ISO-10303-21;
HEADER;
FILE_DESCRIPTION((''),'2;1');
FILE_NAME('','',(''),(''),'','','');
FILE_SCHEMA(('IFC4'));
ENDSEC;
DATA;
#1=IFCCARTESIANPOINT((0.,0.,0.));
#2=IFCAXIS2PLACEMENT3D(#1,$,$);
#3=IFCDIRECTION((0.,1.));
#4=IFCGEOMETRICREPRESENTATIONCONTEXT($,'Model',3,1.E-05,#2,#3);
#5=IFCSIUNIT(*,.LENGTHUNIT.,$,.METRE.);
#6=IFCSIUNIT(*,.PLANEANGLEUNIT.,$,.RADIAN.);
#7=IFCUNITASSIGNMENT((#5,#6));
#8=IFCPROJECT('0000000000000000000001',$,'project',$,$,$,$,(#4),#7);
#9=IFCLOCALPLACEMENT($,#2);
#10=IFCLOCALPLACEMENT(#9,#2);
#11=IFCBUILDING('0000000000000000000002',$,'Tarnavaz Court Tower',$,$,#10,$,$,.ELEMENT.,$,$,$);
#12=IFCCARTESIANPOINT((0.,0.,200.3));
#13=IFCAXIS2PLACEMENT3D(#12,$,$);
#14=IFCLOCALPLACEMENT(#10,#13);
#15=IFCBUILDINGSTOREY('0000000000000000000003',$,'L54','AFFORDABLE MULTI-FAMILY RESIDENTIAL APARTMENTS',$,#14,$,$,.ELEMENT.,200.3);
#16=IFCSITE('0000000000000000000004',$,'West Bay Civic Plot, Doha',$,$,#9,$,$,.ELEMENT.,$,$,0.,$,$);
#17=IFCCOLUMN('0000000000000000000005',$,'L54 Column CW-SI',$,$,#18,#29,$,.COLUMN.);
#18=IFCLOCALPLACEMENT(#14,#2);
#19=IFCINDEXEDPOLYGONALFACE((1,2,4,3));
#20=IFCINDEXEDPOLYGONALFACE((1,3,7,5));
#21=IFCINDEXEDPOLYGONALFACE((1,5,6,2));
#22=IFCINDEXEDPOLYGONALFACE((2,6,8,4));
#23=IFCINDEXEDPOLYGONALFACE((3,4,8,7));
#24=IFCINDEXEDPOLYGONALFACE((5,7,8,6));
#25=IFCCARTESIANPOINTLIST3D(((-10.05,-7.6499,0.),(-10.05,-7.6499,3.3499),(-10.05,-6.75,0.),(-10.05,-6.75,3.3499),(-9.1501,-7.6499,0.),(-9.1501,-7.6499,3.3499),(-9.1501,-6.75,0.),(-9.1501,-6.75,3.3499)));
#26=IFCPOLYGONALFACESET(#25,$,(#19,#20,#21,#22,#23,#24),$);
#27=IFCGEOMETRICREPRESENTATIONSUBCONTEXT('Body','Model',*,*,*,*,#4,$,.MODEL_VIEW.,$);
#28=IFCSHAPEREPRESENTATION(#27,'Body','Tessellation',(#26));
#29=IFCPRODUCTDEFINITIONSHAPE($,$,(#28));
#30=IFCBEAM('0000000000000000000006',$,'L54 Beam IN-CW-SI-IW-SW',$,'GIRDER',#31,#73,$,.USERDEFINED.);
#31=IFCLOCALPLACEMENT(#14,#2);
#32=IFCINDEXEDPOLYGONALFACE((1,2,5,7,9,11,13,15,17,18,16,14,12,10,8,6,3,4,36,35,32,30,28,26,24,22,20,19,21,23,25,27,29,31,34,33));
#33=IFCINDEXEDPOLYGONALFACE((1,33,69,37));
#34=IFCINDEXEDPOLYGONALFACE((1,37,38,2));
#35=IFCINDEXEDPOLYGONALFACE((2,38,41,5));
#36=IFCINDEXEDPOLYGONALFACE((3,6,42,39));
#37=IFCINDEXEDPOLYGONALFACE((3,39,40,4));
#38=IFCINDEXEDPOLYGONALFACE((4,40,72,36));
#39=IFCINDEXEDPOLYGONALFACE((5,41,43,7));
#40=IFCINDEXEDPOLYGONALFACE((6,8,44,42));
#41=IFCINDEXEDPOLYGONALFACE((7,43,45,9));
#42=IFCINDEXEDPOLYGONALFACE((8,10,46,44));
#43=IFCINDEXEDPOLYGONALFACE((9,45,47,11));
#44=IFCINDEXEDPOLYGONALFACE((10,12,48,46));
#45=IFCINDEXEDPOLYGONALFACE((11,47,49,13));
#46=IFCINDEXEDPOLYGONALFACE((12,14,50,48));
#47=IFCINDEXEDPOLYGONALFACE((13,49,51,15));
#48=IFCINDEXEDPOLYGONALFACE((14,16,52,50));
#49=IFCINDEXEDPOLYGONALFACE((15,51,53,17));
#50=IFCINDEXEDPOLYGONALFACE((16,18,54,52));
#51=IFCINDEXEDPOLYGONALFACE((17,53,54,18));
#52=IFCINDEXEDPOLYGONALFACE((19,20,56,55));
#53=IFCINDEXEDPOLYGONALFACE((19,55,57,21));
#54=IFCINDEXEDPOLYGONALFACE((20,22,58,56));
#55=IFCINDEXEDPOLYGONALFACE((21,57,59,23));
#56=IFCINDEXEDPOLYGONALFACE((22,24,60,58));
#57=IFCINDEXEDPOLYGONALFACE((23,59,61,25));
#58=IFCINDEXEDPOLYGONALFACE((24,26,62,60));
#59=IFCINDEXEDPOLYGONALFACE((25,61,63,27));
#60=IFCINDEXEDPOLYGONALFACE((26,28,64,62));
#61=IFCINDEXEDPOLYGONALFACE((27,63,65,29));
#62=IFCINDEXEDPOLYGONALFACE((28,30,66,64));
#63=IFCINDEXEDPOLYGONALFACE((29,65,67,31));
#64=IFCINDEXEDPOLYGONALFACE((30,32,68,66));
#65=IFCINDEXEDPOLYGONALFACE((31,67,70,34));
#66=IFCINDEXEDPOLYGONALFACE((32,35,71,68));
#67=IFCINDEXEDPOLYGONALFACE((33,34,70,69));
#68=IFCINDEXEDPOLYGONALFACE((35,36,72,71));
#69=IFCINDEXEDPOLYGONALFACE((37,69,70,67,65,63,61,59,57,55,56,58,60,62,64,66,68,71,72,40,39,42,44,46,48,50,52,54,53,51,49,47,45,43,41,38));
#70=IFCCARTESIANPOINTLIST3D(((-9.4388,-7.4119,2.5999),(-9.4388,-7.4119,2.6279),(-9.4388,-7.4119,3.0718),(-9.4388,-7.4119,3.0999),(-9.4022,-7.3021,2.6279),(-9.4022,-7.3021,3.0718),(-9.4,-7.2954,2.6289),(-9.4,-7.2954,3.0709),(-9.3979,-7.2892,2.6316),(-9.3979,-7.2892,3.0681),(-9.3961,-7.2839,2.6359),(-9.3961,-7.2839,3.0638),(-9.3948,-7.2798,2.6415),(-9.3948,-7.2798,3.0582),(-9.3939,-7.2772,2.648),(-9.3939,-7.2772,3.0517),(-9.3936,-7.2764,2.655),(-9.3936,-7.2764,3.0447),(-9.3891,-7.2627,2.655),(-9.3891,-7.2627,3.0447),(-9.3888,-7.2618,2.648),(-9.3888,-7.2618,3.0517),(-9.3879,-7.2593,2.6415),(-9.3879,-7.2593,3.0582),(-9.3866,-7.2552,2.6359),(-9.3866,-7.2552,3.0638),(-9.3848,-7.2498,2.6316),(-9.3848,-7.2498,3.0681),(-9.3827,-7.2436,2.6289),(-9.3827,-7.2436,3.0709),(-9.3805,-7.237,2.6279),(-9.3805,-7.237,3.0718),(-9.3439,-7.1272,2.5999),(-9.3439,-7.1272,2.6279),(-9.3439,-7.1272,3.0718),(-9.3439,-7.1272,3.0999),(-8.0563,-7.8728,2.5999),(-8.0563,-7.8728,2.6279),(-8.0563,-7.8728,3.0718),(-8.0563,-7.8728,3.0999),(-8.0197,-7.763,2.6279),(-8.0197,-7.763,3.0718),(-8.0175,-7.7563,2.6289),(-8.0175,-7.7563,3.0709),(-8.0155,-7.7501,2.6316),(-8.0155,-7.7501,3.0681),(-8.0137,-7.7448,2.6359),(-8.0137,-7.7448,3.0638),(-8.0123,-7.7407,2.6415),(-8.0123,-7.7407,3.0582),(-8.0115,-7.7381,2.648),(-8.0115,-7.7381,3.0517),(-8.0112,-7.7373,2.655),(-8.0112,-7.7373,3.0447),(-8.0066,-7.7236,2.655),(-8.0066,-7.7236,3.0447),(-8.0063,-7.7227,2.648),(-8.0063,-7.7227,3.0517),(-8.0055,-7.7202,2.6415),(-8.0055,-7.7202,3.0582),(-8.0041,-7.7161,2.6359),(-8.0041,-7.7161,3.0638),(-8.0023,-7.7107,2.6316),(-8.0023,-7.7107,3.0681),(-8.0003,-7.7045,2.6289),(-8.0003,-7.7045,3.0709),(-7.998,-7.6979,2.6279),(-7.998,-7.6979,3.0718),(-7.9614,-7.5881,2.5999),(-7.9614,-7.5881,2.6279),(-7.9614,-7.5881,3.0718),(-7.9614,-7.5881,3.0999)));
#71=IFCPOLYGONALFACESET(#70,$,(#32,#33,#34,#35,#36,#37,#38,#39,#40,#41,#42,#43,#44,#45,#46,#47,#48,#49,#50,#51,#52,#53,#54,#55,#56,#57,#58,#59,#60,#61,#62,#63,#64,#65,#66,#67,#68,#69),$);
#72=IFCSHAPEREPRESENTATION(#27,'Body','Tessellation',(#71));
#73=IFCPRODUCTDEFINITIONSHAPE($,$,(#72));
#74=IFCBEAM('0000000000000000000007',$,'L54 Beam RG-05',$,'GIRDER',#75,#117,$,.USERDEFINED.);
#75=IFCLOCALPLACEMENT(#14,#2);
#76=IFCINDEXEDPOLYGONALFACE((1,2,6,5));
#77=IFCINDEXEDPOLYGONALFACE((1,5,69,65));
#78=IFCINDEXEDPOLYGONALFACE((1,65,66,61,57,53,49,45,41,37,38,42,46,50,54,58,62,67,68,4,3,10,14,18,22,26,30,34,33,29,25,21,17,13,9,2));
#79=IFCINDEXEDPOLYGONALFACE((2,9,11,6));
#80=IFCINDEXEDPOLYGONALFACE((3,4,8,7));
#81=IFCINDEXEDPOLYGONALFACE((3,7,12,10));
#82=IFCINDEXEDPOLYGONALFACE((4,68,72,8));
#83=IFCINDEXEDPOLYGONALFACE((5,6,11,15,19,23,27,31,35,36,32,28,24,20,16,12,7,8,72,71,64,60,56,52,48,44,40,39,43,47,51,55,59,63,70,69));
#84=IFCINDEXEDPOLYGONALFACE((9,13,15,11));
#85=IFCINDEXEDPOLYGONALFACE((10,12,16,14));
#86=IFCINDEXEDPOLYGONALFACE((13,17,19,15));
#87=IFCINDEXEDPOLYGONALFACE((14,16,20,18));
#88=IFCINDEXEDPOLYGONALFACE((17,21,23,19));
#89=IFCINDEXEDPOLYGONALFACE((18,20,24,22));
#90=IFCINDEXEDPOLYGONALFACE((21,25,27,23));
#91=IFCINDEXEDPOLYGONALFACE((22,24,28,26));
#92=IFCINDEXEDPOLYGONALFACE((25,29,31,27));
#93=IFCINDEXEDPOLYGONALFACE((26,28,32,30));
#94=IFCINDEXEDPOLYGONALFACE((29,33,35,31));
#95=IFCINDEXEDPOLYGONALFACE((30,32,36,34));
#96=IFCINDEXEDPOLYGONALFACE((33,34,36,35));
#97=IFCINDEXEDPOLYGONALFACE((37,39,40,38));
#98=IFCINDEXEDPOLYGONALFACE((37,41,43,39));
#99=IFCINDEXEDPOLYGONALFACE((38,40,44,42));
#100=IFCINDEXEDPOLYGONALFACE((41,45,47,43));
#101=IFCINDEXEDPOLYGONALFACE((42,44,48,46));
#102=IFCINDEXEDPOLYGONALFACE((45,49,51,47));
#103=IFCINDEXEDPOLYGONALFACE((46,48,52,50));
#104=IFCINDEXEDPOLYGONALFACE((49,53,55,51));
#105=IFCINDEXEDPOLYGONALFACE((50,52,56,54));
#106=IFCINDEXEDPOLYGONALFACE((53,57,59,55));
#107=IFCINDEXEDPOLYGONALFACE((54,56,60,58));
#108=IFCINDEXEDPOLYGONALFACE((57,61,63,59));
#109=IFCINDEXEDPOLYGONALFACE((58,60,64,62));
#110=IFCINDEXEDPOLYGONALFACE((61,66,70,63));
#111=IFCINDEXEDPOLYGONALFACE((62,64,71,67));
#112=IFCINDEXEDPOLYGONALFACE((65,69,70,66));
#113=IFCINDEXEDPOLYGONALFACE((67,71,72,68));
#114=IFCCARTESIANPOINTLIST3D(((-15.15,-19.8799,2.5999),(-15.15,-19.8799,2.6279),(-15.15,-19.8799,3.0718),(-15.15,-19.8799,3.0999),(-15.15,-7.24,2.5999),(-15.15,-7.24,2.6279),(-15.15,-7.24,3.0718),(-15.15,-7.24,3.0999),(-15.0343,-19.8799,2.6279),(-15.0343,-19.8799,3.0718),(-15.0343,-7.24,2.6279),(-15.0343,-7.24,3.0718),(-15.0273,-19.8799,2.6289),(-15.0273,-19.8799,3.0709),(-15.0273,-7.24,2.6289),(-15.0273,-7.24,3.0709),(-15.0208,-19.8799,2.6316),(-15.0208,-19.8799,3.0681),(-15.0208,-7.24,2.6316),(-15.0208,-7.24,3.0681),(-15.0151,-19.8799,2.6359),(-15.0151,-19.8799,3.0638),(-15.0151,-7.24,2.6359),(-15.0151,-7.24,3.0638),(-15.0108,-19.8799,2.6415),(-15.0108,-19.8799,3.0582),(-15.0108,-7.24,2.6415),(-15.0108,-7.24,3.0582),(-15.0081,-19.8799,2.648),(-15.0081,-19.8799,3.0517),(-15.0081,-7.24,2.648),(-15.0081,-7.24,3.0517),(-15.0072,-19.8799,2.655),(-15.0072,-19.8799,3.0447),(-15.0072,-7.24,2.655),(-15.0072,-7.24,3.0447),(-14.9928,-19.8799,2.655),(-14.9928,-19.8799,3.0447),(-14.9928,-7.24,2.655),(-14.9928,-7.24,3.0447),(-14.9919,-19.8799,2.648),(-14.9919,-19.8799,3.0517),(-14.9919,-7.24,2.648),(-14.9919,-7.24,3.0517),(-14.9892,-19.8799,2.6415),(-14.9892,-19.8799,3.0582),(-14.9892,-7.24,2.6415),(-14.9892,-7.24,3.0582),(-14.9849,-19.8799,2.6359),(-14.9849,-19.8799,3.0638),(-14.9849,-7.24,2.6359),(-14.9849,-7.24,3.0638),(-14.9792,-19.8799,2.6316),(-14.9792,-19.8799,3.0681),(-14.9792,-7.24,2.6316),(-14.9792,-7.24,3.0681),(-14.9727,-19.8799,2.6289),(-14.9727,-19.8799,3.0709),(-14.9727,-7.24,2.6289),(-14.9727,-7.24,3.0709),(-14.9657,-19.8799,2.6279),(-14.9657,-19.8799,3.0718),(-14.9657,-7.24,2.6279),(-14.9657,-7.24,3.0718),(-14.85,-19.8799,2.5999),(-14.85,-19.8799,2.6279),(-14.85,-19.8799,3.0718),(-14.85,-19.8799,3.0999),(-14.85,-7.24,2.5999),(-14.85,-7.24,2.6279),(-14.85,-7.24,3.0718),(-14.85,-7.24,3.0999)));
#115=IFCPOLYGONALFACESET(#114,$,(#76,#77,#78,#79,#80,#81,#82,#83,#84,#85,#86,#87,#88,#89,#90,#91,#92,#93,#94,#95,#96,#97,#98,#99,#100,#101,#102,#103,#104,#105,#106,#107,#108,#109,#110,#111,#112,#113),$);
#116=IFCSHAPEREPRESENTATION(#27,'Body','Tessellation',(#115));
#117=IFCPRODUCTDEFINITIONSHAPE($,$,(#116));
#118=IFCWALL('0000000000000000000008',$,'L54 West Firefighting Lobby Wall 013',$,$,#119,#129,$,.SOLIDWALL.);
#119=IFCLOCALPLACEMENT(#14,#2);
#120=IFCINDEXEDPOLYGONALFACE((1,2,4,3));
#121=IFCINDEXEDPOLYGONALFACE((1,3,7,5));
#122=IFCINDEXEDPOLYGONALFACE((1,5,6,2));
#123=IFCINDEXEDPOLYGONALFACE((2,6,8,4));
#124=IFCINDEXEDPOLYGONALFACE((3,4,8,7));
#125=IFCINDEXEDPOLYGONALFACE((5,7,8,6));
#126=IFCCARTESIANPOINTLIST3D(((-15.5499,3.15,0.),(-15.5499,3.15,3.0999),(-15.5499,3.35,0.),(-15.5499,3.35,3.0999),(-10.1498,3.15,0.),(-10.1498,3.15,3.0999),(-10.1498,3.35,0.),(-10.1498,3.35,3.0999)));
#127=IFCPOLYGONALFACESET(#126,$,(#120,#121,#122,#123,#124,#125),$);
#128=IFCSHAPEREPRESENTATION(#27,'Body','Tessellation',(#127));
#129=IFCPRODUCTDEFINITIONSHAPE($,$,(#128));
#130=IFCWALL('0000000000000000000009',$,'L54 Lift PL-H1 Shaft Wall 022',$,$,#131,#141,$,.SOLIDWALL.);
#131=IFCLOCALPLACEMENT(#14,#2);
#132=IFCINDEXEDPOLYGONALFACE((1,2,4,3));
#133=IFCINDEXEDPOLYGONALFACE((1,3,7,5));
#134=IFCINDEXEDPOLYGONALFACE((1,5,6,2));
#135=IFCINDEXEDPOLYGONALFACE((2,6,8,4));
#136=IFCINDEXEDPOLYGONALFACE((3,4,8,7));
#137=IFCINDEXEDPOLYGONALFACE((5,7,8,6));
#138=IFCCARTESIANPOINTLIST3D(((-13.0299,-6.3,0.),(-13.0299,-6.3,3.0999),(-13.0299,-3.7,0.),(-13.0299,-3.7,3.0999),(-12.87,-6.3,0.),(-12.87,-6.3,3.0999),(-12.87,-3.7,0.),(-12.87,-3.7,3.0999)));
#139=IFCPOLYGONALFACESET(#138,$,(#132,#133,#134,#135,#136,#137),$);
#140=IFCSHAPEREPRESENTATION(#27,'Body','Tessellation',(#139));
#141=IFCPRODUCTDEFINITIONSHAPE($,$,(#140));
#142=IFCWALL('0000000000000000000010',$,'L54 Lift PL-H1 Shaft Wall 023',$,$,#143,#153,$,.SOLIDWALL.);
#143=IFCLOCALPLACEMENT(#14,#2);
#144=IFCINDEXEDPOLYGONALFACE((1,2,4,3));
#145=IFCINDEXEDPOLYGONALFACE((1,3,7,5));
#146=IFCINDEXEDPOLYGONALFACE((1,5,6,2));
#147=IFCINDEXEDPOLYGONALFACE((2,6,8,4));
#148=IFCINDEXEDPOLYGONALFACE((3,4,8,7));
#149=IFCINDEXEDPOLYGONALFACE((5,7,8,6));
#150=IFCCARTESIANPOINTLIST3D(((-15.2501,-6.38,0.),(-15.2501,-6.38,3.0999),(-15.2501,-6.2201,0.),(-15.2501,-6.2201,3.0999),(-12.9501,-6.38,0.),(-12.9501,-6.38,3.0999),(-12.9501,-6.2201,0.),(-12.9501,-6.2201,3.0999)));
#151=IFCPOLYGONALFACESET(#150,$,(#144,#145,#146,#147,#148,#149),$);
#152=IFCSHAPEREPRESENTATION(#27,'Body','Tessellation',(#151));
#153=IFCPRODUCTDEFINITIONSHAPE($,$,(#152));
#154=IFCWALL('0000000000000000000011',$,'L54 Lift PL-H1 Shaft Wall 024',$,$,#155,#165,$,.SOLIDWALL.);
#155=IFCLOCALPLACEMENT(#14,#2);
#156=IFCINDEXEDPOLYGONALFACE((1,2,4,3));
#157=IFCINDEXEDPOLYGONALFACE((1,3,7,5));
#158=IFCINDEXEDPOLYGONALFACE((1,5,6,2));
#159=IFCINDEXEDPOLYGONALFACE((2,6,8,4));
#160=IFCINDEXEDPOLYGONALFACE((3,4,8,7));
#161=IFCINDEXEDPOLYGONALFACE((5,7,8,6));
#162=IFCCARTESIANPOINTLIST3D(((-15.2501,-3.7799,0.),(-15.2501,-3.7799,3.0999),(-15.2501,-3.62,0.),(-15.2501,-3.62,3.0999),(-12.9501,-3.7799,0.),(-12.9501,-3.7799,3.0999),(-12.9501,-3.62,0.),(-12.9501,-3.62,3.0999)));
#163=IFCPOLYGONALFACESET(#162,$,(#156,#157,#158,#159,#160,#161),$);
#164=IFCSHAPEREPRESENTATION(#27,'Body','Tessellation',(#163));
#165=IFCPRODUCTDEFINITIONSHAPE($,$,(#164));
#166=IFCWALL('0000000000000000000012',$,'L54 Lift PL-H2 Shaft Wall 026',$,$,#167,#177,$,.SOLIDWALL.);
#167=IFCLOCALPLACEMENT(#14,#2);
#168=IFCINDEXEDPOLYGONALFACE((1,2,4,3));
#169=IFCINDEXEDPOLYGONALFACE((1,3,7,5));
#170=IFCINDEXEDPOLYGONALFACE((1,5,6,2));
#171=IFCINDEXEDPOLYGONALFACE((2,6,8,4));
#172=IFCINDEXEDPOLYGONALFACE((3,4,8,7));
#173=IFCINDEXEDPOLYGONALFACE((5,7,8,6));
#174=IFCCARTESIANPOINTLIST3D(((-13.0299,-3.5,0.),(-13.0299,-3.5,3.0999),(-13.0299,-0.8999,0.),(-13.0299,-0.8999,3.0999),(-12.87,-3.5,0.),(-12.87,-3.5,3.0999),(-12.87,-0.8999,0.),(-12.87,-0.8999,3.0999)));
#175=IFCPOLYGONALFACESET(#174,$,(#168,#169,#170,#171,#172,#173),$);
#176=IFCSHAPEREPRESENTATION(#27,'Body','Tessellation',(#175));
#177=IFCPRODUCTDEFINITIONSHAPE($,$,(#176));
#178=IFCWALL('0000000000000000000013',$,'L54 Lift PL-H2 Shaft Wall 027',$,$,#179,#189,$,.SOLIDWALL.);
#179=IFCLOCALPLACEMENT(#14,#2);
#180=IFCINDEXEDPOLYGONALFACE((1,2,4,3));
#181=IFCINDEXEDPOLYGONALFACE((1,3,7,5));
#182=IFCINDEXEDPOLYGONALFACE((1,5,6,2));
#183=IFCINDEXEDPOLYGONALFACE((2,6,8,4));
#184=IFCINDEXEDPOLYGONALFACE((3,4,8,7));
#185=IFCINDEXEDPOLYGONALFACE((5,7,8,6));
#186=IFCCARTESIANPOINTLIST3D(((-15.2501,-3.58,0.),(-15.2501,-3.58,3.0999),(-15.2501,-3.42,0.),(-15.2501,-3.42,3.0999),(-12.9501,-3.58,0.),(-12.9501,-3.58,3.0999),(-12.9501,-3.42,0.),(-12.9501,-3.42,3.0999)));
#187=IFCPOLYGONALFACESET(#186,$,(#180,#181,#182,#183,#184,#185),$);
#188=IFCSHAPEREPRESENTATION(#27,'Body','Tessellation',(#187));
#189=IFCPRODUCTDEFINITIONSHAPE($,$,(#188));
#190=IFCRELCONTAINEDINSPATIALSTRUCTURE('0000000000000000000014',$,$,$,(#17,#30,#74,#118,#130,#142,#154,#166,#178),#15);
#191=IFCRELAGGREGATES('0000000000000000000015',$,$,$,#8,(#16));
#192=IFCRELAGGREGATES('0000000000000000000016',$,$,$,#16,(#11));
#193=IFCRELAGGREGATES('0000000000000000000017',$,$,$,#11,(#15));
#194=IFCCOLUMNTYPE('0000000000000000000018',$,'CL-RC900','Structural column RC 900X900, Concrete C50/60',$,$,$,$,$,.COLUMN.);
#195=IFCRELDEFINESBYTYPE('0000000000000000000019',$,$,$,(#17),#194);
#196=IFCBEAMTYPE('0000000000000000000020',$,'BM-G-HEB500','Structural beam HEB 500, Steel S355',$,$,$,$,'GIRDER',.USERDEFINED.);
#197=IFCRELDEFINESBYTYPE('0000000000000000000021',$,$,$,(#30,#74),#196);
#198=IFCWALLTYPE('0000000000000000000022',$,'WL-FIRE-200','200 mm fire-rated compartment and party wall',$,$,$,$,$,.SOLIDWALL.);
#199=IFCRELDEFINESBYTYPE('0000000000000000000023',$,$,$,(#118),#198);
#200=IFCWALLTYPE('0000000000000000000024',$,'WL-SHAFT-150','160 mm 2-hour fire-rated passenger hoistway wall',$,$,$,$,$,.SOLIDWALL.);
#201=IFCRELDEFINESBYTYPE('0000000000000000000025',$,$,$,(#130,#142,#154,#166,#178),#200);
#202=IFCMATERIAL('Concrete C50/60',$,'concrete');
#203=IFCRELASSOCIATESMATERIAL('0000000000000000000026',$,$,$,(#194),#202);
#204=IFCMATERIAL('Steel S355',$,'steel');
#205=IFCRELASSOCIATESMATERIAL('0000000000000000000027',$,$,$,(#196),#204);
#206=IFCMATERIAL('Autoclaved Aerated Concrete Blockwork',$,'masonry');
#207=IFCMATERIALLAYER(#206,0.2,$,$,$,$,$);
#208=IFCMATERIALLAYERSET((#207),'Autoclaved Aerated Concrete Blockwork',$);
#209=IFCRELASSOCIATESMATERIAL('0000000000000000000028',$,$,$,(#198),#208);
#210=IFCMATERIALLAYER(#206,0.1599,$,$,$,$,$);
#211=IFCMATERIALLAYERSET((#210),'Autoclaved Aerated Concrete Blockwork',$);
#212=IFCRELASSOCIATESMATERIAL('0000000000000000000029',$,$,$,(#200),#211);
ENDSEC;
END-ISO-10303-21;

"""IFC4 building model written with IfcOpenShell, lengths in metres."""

from ifc_helpers import new_model, si_unit, direction, frame, frame_2d, origin, origin_2d, place, context, subcontext, project, spatial, rectangle, i_section, extrude, material, layer, layer_set, material_profile, profile_set, type_object, element, save


model = new_model("IFC4")

# Units and contexts
model_context = context("Model", 3, precision=1e-05, world=origin(), true_north=direction((0.0, 1.0)))
body_context = subcontext(model_context, "Body", "Model", "MODEL_VIEW")
ifc_project = project(units=[si_unit("LENGTHUNIT", "METRE"), si_unit("PLANEANGLEUNIT", "RADIAN")], contexts=[model_context])

# Site, building, storey
site_placement = place(None, origin())
site = spatial("IfcSite", under=ifc_project, at=site_placement, Name="West Bay Civic Plot, Doha", CompositionType="ELEMENT", RefElevation=0.0)
building_placement = place(site_placement, origin())
building = spatial("IfcBuilding", under=site, at=building_placement, Name="Tarnavaz Court Tower", CompositionType="ELEMENT")
storey_placement = place(building_placement, frame((0.0, 0.0, 200.3)))
storey = spatial("IfcBuildingStorey", under=building, at=storey_placement, Name="L54", Description="AFFORDABLE MULTI-FAMILY RESIDENTIAL APARTMENTS", CompositionType="ELEMENT", Elevation=200.3)

# Column
ifc_material_1 = material(Name="Concrete C50/60", Category="concrete")
ifc_material_profile_1 = material_profile(ifc_material_1, rectangle(XDim=0.8999, YDim=0.8999, at=origin_2d()), Name="RC 900X900")
ifc_profile_set_1 = profile_set([ifc_material_profile_1], Name="Concrete C50/60")
column_type = type_object("IfcColumnType", Name="CL-RC900", Description="Structural column RC 900X900, Concrete C50/60", PredefinedType="COLUMN", material=ifc_profile_set_1)
column_placement = place(storey_placement, frame((-9.6001, -7.2, 0.0), z_axis=(0.0, 0.0, 1.0), x_axis=(1.0, 0.0, 0.0)))
element("IfcColumn", 1, at=column_placement, inside=storey, type_object=column_type, Name="L54 Column CW-SI", PredefinedType="COLUMN", context=body_context, shape_type="SweptSolid", body=[
    extrude(rectangle(XDim=0.8999, YDim=0.8999, at=origin_2d()), origin(), (0.0, 0.0, 1.0), 3.3499),
])

# Beams
ifc_material_2 = material(Name="Steel S355", Category="steel")
ifc_material_profile_2 = material_profile(ifc_material_2, i_section(OverallWidth=0.3, OverallDepth=0.5, WebThickness=0.0144, FlangeThickness=0.0281, FilletRadius=0.0271, at=origin_2d()), Name="HEB 500")
ifc_profile_set_2 = profile_set([ifc_material_profile_2], Name="Steel S355")
beam_type = type_object("IfcBeamType", Name="BM-G-HEB500", Description="Structural beam HEB 500, Steel S355", ElementType="GIRDER", PredefinedType="USERDEFINED", material=ifc_profile_set_2)
beam_1_placement = place(storey_placement, frame((-9.3914, -7.2695, 2.8499), z_axis=(0.948667, -0.316278, 0.0), x_axis=(0.316278, 0.948667, 0.0)))
element("IfcBeam", 2, at=beam_1_placement, inside=storey, type_object=beam_type, Name="L54 Beam IN-CW-SI-IW-SW", ObjectType="GIRDER", PredefinedType="USERDEFINED", context=body_context, shape_type="SweptSolid", body=[
    extrude(i_section(OverallWidth=0.3, OverallDepth=0.5, WebThickness=0.0144, FlangeThickness=0.0281, FilletRadius=0.0271, at=origin_2d()), origin(), (0.0, 0.0, 1.0), 1.4573),
])
beam_2_placement = place(storey_placement, frame((-15.0, -7.24, 2.8499), z_axis=(0.0, -1.0, 0.0), x_axis=(1.0, 0.0, 0.0)))
element("IfcBeam", 3, at=beam_2_placement, inside=storey, type_object=beam_type, Name="L54 Beam RG-05", ObjectType="GIRDER", PredefinedType="USERDEFINED", context=body_context, shape_type="SweptSolid", body=[
    extrude(i_section(OverallWidth=0.3, OverallDepth=0.5, WebThickness=0.0144, FlangeThickness=0.0281, FilletRadius=0.0271, at=origin_2d()), origin(), (0.0, 0.0, 1.0), 12.6399),
])

# Wall
ifc_material_3 = material(Name="Autoclaved Aerated Concrete Blockwork", Category="masonry")
ifc_layer_1 = layer(ifc_material_3, 0.2)
ifc_layer_set_1 = layer_set([ifc_layer_1], Name="Autoclaved Aerated Concrete Blockwork")
wall_type_1 = type_object("IfcWallType", Name="WL-FIRE-200", Description="200 mm fire-rated compartment and party wall", PredefinedType="SOLIDWALL", material=ifc_layer_set_1)
wall_1_placement = place(storey_placement, frame((-15.55, 3.25, 0.0), z_axis=(0.0, 0.0, 1.0), x_axis=(1.0, 0.0, 0.0)))
element("IfcWall", 4, at=wall_1_placement, inside=storey, type_object=wall_type_1, Name="L54 West Firefighting Lobby Wall 013", PredefinedType="SOLIDWALL", context=body_context, shape_type="SweptSolid", body=[
    extrude(rectangle(XDim=5.4001, YDim=0.2, at=frame_2d((2.7002, 0.0))), origin(), (0.0, 0.0, 1.0), 3.0999),
])

# Shared definitions
ifc_layer_2 = layer(ifc_material_3, 0.1599)
ifc_layer_set_2 = layer_set([ifc_layer_2], Name="Autoclaved Aerated Concrete Blockwork")
wall_type_2 = type_object("IfcWallType", Name="WL-SHAFT-150", Description="160 mm 2-hour fire-rated passenger hoistway wall", PredefinedType="SOLIDWALL", material=ifc_layer_set_2)

# Walls
wall_2_placement = place(storey_placement, frame((-12.95, -6.3, 0.0), z_axis=(0.0, 0.0, 1.0), x_axis=(0.0, 1.0, 0.0)))
element("IfcWall", 5, at=wall_2_placement, inside=storey, type_object=wall_type_2, Name="L54 Lift PL-H1 Shaft Wall 022", PredefinedType="SOLIDWALL", context=body_context, shape_type="SweptSolid", body=[
    extrude(rectangle(XDim=2.6001, YDim=0.1599, at=frame_2d((1.3, 0.0))), origin(), (0.0, 0.0, 1.0), 3.0999),
])
for number, where, z_axis, x_axis, name in (
    (6, (-15.25, -6.3, 0.0), (0.0, 0.0, 1.0), (1.0, 0.0, 0.0), "L54 Lift PL-H1 Shaft Wall 023"),
    (7, (-15.25, -3.7, 0.0), (0.0, 0.0, 1.0), (1.0, 0.0, 0.0), "L54 Lift PL-H1 Shaft Wall 024"),
):
    element("IfcWall", number, at=place(storey_placement, frame(where, z_axis=z_axis, x_axis=x_axis)), inside=storey, type_object=wall_type_2, Name=name, PredefinedType="SOLIDWALL", context=body_context, shape_type="SweptSolid", body=[
        extrude(rectangle(XDim=2.3, YDim=0.1599, at=frame_2d((1.1499, 0.0))), origin(), (0.0, 0.0, 1.0), 3.0999),
    ])

# Walls
wall_3_placement = place(storey_placement, frame((-12.95, -3.5, 0.0), z_axis=(0.0, 0.0, 1.0), x_axis=(0.0, 1.0, 0.0)))
element("IfcWall", 8, at=wall_3_placement, inside=storey, type_object=wall_type_2, Name="L54 Lift PL-H2 Shaft Wall 026", PredefinedType="SOLIDWALL", context=body_context, shape_type="SweptSolid", body=[
    extrude(rectangle(XDim=2.6001, YDim=0.1599, at=frame_2d((1.3, 0.0))), origin(), (0.0, 0.0, 1.0), 3.0999),
])
for number, where, z_axis, x_axis, name in (
    (9, (-15.25, -3.5, 0.0), (0.0, 0.0, 1.0), (1.0, 0.0, 0.0), "L54 Lift PL-H2 Shaft Wall 027"),
):
    element("IfcWall", number, at=place(storey_placement, frame(where, z_axis=z_axis, x_axis=x_axis)), inside=storey, type_object=wall_type_2, Name=name, PredefinedType="SOLIDWALL", context=body_context, shape_type="SweptSolid", body=[
        extrude(rectangle(XDim=2.3, YDim=0.1599, at=frame_2d((1.1499, 0.0))), origin(), (0.0, 0.0, 1.0), 3.0999),
    ])

save(model, "model.ifc")
